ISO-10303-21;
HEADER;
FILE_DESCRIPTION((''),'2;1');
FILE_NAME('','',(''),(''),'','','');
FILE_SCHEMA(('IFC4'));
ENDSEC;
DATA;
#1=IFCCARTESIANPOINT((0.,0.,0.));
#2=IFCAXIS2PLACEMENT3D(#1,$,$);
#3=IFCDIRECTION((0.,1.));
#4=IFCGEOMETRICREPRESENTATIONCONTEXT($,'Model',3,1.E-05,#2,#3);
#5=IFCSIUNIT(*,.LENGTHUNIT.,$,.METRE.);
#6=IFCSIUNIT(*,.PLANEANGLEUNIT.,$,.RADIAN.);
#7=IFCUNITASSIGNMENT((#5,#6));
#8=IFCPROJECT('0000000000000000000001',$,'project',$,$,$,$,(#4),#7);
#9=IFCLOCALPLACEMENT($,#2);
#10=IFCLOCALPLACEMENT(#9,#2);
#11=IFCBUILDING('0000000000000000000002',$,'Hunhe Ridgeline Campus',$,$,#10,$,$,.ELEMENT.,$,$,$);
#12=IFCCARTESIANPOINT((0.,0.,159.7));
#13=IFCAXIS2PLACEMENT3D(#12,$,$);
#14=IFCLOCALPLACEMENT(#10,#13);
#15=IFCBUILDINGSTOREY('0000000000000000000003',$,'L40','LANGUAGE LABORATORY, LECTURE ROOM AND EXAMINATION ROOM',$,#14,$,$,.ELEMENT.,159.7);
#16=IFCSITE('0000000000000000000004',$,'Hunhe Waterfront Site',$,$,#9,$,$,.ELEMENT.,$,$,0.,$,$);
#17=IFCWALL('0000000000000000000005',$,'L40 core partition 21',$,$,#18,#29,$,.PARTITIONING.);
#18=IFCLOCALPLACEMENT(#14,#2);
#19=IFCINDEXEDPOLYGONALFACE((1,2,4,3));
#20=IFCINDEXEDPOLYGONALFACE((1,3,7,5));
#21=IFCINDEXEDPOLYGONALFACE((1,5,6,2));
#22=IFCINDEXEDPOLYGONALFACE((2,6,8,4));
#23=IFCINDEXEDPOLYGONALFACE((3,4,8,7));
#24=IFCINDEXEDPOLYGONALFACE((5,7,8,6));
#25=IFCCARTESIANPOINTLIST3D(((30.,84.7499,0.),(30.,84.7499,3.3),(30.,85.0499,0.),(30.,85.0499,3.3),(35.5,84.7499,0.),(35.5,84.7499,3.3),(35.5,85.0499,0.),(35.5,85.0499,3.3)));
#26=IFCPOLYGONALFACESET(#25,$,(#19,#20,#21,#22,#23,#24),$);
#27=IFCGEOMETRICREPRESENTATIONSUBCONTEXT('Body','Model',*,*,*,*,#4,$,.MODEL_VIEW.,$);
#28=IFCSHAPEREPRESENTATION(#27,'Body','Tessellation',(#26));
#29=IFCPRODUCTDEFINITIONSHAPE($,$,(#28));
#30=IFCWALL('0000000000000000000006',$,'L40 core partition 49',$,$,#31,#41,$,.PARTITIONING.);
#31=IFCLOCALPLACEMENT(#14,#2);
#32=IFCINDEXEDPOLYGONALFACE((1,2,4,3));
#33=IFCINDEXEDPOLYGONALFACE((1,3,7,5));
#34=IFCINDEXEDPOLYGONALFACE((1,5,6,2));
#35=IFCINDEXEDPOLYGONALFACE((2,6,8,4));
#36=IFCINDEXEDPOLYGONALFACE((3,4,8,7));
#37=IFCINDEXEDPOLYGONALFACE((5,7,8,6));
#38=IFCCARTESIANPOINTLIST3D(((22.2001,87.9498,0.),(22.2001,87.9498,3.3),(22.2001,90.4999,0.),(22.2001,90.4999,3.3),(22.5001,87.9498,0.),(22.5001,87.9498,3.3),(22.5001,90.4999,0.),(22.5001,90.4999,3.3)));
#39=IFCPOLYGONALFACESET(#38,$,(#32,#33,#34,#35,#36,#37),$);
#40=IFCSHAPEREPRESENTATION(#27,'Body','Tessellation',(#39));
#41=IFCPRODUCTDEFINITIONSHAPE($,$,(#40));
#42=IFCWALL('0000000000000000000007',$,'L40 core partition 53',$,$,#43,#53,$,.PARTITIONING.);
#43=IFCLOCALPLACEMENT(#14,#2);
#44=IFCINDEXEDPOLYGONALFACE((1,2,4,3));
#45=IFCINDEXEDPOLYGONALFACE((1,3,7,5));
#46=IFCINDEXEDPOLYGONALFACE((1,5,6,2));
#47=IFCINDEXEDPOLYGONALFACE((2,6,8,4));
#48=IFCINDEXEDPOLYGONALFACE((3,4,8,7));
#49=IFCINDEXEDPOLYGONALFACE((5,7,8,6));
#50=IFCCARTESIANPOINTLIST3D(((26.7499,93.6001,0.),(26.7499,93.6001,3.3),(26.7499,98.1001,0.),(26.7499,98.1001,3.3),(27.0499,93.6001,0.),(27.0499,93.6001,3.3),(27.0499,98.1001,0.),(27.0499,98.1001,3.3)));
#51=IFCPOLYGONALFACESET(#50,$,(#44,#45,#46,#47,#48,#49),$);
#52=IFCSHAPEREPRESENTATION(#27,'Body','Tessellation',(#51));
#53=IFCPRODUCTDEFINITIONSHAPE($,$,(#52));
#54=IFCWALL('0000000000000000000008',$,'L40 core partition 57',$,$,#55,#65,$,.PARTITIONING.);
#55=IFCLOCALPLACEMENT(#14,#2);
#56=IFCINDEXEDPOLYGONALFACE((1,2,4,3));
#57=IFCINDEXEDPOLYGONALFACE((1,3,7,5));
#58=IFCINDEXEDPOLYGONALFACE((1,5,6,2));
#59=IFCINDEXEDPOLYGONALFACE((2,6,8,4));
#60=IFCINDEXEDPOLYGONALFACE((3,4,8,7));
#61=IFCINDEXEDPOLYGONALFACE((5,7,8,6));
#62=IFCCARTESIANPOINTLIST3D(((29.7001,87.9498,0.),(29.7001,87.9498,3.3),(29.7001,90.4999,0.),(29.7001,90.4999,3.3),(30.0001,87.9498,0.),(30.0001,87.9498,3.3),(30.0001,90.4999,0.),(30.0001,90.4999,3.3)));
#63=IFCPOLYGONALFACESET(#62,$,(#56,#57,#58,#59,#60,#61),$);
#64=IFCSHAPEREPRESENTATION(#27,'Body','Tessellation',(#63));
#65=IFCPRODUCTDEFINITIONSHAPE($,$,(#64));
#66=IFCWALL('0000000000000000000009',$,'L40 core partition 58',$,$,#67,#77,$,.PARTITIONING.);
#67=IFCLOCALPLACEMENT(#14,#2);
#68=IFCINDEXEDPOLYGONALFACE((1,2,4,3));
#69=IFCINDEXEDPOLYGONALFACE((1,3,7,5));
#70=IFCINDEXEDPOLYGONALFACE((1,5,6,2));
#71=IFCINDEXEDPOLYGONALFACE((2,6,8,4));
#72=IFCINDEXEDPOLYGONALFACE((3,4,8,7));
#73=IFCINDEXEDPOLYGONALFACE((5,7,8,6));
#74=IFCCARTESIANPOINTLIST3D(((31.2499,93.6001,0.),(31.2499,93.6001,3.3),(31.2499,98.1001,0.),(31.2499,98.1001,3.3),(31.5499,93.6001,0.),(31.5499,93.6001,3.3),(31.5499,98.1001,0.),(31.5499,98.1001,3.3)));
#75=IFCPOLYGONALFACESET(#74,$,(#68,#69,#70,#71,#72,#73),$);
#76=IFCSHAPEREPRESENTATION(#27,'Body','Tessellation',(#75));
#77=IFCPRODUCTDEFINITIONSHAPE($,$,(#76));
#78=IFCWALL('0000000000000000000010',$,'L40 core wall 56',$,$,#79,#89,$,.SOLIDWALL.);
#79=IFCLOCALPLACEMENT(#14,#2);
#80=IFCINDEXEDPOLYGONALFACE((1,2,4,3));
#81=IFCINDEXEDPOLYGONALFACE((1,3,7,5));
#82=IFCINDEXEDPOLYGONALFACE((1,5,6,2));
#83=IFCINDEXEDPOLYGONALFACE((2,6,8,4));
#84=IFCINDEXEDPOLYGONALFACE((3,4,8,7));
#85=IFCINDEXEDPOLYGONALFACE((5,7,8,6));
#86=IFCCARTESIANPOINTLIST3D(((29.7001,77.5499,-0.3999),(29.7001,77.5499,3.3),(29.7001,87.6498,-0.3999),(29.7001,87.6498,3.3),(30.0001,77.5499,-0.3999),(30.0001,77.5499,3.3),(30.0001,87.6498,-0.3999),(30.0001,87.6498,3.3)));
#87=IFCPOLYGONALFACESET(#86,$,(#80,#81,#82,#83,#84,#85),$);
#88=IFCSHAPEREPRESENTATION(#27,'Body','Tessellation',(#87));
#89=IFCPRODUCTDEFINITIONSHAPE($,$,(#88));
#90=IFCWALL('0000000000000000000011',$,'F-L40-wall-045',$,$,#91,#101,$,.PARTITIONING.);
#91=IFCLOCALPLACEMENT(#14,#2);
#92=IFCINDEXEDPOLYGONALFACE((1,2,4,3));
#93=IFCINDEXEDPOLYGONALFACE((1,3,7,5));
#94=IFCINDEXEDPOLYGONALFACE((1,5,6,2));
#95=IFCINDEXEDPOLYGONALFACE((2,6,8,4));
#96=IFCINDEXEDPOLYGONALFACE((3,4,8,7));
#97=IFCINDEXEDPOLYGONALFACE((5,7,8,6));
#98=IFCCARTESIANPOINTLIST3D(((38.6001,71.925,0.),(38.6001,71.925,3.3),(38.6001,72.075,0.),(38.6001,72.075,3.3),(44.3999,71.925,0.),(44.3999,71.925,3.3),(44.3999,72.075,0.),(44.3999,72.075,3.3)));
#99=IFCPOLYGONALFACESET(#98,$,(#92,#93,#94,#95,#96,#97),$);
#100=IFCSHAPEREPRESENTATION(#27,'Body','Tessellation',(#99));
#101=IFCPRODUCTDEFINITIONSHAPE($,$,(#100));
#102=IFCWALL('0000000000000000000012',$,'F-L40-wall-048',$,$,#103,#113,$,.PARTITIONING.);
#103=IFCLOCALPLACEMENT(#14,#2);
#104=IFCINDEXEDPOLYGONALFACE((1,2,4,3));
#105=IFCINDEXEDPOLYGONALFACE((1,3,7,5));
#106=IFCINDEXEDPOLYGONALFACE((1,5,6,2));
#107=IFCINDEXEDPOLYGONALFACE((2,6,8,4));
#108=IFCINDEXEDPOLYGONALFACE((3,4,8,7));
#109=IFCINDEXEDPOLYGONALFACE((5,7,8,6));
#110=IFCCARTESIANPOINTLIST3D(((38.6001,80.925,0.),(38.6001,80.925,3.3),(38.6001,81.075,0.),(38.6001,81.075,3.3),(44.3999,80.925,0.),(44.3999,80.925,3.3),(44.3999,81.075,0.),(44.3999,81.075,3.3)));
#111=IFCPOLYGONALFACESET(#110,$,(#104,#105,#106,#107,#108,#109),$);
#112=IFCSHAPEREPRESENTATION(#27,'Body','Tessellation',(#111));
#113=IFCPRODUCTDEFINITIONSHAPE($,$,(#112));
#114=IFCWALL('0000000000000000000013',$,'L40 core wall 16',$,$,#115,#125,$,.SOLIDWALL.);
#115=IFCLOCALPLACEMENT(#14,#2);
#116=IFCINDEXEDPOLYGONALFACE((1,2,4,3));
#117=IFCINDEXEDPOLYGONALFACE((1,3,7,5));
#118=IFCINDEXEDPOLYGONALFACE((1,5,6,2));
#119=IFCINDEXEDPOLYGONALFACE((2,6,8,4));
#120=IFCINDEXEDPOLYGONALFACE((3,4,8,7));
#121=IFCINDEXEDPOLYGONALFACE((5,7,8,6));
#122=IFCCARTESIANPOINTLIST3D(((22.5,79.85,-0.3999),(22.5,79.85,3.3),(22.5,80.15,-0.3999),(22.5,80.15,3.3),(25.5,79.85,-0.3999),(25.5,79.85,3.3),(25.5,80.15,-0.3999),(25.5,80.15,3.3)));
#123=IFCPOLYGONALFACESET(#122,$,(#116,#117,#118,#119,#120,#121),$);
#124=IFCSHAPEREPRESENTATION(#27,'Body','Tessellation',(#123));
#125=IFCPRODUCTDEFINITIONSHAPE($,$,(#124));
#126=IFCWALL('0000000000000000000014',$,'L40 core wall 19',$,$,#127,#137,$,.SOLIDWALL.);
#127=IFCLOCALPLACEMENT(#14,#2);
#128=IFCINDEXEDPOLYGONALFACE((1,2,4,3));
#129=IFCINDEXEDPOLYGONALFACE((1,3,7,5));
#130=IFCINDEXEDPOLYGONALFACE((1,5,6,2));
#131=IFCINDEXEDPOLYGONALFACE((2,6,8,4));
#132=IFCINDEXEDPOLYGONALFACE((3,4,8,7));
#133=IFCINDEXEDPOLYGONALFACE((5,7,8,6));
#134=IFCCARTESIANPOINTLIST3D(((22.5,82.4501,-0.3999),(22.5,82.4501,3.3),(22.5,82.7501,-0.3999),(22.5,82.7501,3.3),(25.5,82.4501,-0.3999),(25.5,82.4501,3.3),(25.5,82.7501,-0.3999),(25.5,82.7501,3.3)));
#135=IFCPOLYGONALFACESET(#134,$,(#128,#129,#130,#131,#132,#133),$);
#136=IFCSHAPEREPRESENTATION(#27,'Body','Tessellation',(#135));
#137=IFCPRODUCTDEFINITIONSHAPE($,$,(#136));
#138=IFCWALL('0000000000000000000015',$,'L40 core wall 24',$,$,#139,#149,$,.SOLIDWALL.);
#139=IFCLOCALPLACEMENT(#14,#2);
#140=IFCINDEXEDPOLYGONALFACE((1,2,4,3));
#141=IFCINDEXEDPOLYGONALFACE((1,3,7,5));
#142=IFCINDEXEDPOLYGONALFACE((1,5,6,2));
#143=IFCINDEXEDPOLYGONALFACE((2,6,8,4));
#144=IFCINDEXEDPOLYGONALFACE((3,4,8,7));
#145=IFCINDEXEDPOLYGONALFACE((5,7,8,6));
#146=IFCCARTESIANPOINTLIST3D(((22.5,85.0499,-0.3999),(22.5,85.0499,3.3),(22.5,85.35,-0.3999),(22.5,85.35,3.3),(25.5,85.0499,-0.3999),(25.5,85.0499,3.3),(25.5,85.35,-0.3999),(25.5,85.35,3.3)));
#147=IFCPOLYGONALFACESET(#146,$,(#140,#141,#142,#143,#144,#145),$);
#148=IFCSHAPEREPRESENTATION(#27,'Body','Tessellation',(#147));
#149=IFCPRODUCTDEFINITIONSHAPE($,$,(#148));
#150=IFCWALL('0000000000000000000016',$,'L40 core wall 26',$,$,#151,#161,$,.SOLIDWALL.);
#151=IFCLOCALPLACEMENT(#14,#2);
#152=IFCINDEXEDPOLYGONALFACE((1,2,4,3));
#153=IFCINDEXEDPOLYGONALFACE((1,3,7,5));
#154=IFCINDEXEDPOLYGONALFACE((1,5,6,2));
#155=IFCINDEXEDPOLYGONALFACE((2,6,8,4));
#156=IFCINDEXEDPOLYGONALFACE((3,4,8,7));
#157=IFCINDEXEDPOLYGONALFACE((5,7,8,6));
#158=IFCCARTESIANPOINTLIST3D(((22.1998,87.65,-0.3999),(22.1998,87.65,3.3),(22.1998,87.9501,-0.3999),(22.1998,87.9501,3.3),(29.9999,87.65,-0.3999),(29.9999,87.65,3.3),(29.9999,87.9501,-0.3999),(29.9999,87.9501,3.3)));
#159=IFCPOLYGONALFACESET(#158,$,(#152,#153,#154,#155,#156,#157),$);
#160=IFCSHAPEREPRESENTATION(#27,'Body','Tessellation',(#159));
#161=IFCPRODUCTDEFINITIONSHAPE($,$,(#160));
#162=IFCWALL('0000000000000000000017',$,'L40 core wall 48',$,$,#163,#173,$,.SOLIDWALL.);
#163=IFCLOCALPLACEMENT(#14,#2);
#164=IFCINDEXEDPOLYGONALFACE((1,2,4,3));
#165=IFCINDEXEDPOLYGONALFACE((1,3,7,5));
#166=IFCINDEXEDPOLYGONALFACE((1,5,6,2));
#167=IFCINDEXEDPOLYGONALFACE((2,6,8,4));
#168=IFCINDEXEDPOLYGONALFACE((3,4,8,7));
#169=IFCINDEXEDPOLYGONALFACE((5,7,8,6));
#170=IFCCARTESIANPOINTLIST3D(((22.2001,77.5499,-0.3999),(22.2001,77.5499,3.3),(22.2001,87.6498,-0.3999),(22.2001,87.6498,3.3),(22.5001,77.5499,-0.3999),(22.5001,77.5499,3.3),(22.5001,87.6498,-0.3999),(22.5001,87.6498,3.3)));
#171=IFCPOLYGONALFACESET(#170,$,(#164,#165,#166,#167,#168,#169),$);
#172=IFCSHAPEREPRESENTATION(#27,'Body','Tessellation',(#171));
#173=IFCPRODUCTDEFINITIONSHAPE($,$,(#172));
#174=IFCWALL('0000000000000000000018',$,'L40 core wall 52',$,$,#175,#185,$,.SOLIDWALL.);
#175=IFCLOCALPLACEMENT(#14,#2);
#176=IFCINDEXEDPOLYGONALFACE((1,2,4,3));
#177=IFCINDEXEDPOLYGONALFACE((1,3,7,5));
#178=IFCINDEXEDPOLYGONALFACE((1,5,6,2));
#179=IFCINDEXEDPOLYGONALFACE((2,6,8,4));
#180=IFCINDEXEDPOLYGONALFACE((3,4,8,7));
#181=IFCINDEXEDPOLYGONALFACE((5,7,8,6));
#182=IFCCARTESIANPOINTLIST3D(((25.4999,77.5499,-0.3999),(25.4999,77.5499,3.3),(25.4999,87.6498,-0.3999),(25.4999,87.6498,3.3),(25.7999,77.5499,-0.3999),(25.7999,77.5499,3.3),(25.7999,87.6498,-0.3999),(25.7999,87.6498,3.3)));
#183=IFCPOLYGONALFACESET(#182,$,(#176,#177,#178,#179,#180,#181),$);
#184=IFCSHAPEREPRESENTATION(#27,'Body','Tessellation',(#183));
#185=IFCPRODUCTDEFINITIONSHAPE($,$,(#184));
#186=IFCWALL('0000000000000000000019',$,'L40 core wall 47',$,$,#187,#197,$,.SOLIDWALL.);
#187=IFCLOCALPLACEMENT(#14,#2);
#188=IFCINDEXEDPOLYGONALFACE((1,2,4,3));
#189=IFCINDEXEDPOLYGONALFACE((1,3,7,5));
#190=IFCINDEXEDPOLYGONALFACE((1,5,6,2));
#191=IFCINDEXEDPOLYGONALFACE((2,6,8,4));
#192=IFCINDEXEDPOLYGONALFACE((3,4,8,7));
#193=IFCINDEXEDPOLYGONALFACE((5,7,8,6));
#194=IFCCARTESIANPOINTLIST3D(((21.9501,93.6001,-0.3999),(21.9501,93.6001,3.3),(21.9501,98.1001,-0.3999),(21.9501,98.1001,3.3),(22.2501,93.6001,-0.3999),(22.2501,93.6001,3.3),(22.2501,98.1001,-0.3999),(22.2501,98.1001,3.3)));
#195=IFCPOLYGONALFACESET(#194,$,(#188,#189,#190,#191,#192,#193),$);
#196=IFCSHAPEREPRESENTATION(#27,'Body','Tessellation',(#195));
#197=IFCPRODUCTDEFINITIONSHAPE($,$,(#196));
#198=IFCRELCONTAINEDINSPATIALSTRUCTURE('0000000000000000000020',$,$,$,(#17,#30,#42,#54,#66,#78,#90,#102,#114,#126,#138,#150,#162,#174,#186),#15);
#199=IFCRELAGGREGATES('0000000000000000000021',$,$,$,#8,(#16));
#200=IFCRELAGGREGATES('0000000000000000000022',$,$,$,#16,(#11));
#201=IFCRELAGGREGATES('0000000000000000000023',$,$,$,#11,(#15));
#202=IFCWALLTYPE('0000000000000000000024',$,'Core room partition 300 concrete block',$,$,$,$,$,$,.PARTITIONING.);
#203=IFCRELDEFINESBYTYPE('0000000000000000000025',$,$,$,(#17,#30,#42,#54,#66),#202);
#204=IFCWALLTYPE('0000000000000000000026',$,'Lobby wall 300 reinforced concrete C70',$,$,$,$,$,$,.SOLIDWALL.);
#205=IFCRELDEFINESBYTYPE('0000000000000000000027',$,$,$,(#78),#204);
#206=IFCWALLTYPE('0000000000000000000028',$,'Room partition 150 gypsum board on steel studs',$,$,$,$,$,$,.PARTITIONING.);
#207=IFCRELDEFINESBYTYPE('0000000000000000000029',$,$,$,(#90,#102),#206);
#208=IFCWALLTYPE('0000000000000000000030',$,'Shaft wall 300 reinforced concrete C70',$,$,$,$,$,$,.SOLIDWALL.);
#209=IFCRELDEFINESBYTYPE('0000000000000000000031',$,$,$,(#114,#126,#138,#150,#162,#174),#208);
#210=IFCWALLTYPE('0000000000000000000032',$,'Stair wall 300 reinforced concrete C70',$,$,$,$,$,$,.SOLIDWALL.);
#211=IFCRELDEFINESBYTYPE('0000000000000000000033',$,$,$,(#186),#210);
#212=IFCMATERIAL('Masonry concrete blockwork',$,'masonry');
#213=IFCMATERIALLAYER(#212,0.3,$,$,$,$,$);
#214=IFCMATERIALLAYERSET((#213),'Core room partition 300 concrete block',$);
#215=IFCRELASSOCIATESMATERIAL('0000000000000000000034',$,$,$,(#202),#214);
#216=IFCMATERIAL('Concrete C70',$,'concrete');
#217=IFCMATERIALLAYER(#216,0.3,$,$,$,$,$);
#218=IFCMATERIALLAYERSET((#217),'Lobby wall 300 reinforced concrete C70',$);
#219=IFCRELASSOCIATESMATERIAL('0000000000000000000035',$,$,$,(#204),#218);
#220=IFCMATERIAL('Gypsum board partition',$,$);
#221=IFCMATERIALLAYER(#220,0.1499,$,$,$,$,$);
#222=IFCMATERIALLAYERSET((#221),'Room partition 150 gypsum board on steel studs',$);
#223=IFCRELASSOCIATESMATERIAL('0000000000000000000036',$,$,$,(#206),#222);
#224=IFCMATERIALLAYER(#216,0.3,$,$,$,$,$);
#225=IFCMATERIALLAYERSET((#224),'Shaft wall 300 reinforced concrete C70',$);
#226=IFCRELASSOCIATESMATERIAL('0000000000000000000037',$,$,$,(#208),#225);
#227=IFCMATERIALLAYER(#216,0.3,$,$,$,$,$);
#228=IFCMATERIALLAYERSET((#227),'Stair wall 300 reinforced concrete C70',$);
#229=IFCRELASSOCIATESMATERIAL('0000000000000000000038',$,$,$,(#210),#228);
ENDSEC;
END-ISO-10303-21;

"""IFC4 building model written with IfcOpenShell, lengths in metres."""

from ifc_helpers import new_model, si_unit, direction, frame, frame_2d, origin, place, context, subcontext, project, spatial, rectangle, extrude, material, layer, layer_set, type_object, element, save


model = new_model("IFC4")

# Units and contexts
model_context = context("Model", 3, precision=1e-05, world=origin(), true_north=direction((0.0, 1.0)))
body_context = subcontext(model_context, "Body", "Model", "MODEL_VIEW")
ifc_project = project(units=[si_unit("LENGTHUNIT", "METRE"), si_unit("PLANEANGLEUNIT", "RADIAN")], contexts=[model_context])

# Site, building, storey
site_placement = place(None, origin())
site = spatial("IfcSite", under=ifc_project, at=site_placement, Name="Hunhe Waterfront Site", CompositionType="ELEMENT", RefElevation=0.0)
building_placement = place(site_placement, origin())
building = spatial("IfcBuilding", under=site, at=building_placement, Name="Hunhe Ridgeline Campus", CompositionType="ELEMENT")
storey_placement = place(building_placement, frame((0.0, 0.0, 159.7)))
storey = spatial("IfcBuildingStorey", under=building, at=storey_placement, Name="L40", Description="LANGUAGE LABORATORY, LECTURE ROOM AND EXAMINATION ROOM", CompositionType="ELEMENT", Elevation=159.7)

# Shared definitions
ifc_material_1 = material(Name="Masonry concrete blockwork", Category="masonry")
ifc_layer_1 = layer(ifc_material_1, 0.3)
ifc_layer_set_1 = layer_set([ifc_layer_1], Name="Core room partition 300 concrete block")
wall_type_1 = type_object("IfcWallType", Name="Core room partition 300 concrete block", PredefinedType="PARTITIONING", material=ifc_layer_set_1)

# Walls
wall_1_placement = place(storey_placement, frame((30.0, 84.8999, 0.0), z_axis=(0.0, 0.0, 1.0), x_axis=(1.0, 0.0, 0.0)))
element("IfcWall", 1, at=wall_1_placement, inside=storey, type_object=wall_type_1, Name="L40 core partition 21", PredefinedType="PARTITIONING", context=body_context, shape_type="SweptSolid", body=[
    extrude(rectangle(XDim=5.5, YDim=0.3, at=frame_2d((2.75, 0.0))), origin(), (0.0, 0.0, 1.0), 3.3),
])
wall_2_placement = place(storey_placement, frame((22.3501, 87.95, 0.0), z_axis=(0.0, 0.0, 1.0), x_axis=(0.0, 1.0, 0.0)))
element("IfcWall", 2, at=wall_2_placement, inside=storey, type_object=wall_type_1, Name="L40 core partition 49", PredefinedType="PARTITIONING", context=body_context, shape_type="SweptSolid", body=[
    extrude(rectangle(XDim=2.55, YDim=0.3, at=frame_2d((1.2749, 0.0))), origin(), (0.0, 0.0, 1.0), 3.3),
])
wall_3_placement = place(storey_placement, frame((26.8999, 93.6001, 0.0), z_axis=(0.0, 0.0, 1.0), x_axis=(0.0, 1.0, 0.0)))
element("IfcWall", 3, at=wall_3_placement, inside=storey, type_object=wall_type_1, Name="L40 core partition 53", PredefinedType="PARTITIONING", context=body_context, shape_type="SweptSolid", body=[
    extrude(rectangle(XDim=4.5, YDim=0.3, at=frame_2d((2.25, 0.0))), origin(), (0.0, 0.0, 1.0), 3.3),
])
wall_4_placement = place(storey_placement, frame((29.8501, 87.95, 0.0), z_axis=(0.0, 0.0, 1.0), x_axis=(0.0, 1.0, 0.0)))
element("IfcWall", 4, at=wall_4_placement, inside=storey, type_object=wall_type_1, Name="L40 core partition 57", PredefinedType="PARTITIONING", context=body_context, shape_type="SweptSolid", body=[
    extrude(rectangle(XDim=2.55, YDim=0.3, at=frame_2d((1.2749, 0.0))), origin(), (0.0, 0.0, 1.0), 3.3),
])
wall_5_placement = place(storey_placement, frame((31.3999, 93.6001, 0.0), z_axis=(0.0, 0.0, 1.0), x_axis=(0.0, 1.0, 0.0)))
element("IfcWall", 5, at=wall_5_placement, inside=storey, type_object=wall_type_1, Name="L40 core partition 58", PredefinedType="PARTITIONING", context=body_context, shape_type="SweptSolid", body=[
    extrude(rectangle(XDim=4.5, YDim=0.3, at=frame_2d((2.25, 0.0))), origin(), (0.0, 0.0, 1.0), 3.3),
])

# Shared definitions
ifc_material_2 = material(Name="Gypsum board partition")

# Walls
ifc_material_3 = material(Name="Concrete C70", Category="concrete")
ifc_layer_2 = layer(ifc_material_3, 0.3)
ifc_layer_set_2 = layer_set([ifc_layer_2], Name="Lobby wall 300 reinforced concrete C70")
wall_type_2 = type_object("IfcWallType", Name="Lobby wall 300 reinforced concrete C70", PredefinedType="SOLIDWALL", material=ifc_layer_set_2)
wall_6_placement = place(storey_placement, frame((29.8501, 77.55, -0.3999), z_axis=(0.0, 0.0, 1.0), x_axis=(0.0, 1.0, 0.0)))
element("IfcWall", 6, at=wall_6_placement, inside=storey, type_object=wall_type_2, Name="L40 core wall 56", PredefinedType="SOLIDWALL", context=body_context, shape_type="SweptSolid", body=[
    extrude(rectangle(XDim=10.0999, YDim=0.3, at=frame_2d((5.0498, 0.0))), origin(), (0.0, 0.0, 1.0), 3.7),
])
ifc_layer_3 = layer(ifc_material_2, 0.1499)
ifc_layer_set_3 = layer_set([ifc_layer_3], Name="Room partition 150 gypsum board on steel studs")
wall_type_3 = type_object("IfcWallType", Name="Room partition 150 gypsum board on steel studs", PredefinedType="PARTITIONING", material=ifc_layer_set_3)
for number, where, z_axis, x_axis, name in (
    (7, (38.6001, 72.0, 0.0), (0.0, 0.0, 1.0), (1.0, 0.0, 0.0), "F-L40-wall-045"),
    (8, (38.6001, 81.0, 0.0), (0.0, 0.0, 1.0), (1.0, 0.0, 0.0), "F-L40-wall-048"),
):
    element("IfcWall", number, at=place(storey_placement, frame(where, z_axis=z_axis, x_axis=x_axis)), inside=storey, type_object=wall_type_3, Name=name, PredefinedType="PARTITIONING", context=body_context, shape_type="SweptSolid", body=[
        extrude(rectangle(XDim=5.7998, YDim=0.1499, at=frame_2d((2.8999, 0.0))), origin(), (0.0, 0.0, 1.0), 3.3),
    ])
ifc_layer_4 = layer(ifc_material_3, 0.3)
ifc_layer_set_4 = layer_set([ifc_layer_4], Name="Shaft wall 300 reinforced concrete C70")
wall_type_4 = type_object("IfcWallType", Name="Shaft wall 300 reinforced concrete C70", PredefinedType="SOLIDWALL", material=ifc_layer_set_4)
for number, where, z_axis, x_axis, name in (
    (9, (22.5, 80.0, -0.3999), (0.0, 0.0, 1.0), (1.0, 0.0, 0.0), "L40 core wall 16"),
    (10, (22.5, 82.6001, -0.3999), (0.0, 0.0, 1.0), (1.0, 0.0, 0.0), "L40 core wall 19"),
    (11, (22.5, 85.2, -0.3999), (0.0, 0.0, 1.0), (1.0, 0.0, 0.0), "L40 core wall 24"),
):
    element("IfcWall", number, at=place(storey_placement, frame(where, z_axis=z_axis, x_axis=x_axis)), inside=storey, type_object=wall_type_4, Name=name, PredefinedType="SOLIDWALL", context=body_context, shape_type="SweptSolid", body=[
        extrude(rectangle(XDim=3.0, YDim=0.3, at=frame_2d((1.5, 0.0))), origin(), (0.0, 0.0, 1.0), 3.7),
    ])
wall_7_placement = place(storey_placement, frame((22.2, 87.8, -0.3999), z_axis=(0.0, 0.0, 1.0), x_axis=(1.0, 0.0, 0.0)))
element("IfcWall", 12, at=wall_7_placement, inside=storey, type_object=wall_type_4, Name="L40 core wall 26", PredefinedType="SOLIDWALL", context=body_context, shape_type="SweptSolid", body=[
    extrude(rectangle(XDim=7.8, YDim=0.3, at=frame_2d((3.8999, 0.0))), origin(), (0.0, 0.0, 1.0), 3.7),
])
for number, where, z_axis, x_axis, name in (
    (13, (22.3501, 77.55, -0.3999), (0.0, 0.0, 1.0), (0.0, 1.0, 0.0), "L40 core wall 48"),
    (14, (25.6499, 77.55, -0.3999), (0.0, 0.0, 1.0), (0.0, 1.0, 0.0), "L40 core wall 52"),
):
    element("IfcWall", number, at=place(storey_placement, frame(where, z_axis=z_axis, x_axis=x_axis)), inside=storey, type_object=wall_type_4, Name=name, PredefinedType="SOLIDWALL", context=body_context, shape_type="SweptSolid", body=[
        extrude(rectangle(XDim=10.0999, YDim=0.3, at=frame_2d((5.0498, 0.0))), origin(), (0.0, 0.0, 1.0), 3.7),
    ])

# Shared definitions
ifc_layer_5 = layer(ifc_material_3, 0.3)
ifc_layer_set_5 = layer_set([ifc_layer_5], Name="Stair wall 300 reinforced concrete C70")
wall_type_5 = type_object("IfcWallType", Name="Stair wall 300 reinforced concrete C70", PredefinedType="SOLIDWALL", material=ifc_layer_set_5)

# Wall
wall_8_placement = place(storey_placement, frame((22.1001, 93.6001, -0.3999), z_axis=(0.0, 0.0, 1.0), x_axis=(0.0, 1.0, 0.0)))
element("IfcWall", 15, at=wall_8_placement, inside=storey, type_object=wall_type_5, Name="L40 core wall 47", PredefinedType="SOLIDWALL", context=body_context, shape_type="SweptSolid", body=[
    extrude(rectangle(XDim=4.5, YDim=0.3, at=frame_2d((2.25, 0.0))), origin(), (0.0, 0.0, 1.0), 3.7),
])

save(model, "model.ifc")
